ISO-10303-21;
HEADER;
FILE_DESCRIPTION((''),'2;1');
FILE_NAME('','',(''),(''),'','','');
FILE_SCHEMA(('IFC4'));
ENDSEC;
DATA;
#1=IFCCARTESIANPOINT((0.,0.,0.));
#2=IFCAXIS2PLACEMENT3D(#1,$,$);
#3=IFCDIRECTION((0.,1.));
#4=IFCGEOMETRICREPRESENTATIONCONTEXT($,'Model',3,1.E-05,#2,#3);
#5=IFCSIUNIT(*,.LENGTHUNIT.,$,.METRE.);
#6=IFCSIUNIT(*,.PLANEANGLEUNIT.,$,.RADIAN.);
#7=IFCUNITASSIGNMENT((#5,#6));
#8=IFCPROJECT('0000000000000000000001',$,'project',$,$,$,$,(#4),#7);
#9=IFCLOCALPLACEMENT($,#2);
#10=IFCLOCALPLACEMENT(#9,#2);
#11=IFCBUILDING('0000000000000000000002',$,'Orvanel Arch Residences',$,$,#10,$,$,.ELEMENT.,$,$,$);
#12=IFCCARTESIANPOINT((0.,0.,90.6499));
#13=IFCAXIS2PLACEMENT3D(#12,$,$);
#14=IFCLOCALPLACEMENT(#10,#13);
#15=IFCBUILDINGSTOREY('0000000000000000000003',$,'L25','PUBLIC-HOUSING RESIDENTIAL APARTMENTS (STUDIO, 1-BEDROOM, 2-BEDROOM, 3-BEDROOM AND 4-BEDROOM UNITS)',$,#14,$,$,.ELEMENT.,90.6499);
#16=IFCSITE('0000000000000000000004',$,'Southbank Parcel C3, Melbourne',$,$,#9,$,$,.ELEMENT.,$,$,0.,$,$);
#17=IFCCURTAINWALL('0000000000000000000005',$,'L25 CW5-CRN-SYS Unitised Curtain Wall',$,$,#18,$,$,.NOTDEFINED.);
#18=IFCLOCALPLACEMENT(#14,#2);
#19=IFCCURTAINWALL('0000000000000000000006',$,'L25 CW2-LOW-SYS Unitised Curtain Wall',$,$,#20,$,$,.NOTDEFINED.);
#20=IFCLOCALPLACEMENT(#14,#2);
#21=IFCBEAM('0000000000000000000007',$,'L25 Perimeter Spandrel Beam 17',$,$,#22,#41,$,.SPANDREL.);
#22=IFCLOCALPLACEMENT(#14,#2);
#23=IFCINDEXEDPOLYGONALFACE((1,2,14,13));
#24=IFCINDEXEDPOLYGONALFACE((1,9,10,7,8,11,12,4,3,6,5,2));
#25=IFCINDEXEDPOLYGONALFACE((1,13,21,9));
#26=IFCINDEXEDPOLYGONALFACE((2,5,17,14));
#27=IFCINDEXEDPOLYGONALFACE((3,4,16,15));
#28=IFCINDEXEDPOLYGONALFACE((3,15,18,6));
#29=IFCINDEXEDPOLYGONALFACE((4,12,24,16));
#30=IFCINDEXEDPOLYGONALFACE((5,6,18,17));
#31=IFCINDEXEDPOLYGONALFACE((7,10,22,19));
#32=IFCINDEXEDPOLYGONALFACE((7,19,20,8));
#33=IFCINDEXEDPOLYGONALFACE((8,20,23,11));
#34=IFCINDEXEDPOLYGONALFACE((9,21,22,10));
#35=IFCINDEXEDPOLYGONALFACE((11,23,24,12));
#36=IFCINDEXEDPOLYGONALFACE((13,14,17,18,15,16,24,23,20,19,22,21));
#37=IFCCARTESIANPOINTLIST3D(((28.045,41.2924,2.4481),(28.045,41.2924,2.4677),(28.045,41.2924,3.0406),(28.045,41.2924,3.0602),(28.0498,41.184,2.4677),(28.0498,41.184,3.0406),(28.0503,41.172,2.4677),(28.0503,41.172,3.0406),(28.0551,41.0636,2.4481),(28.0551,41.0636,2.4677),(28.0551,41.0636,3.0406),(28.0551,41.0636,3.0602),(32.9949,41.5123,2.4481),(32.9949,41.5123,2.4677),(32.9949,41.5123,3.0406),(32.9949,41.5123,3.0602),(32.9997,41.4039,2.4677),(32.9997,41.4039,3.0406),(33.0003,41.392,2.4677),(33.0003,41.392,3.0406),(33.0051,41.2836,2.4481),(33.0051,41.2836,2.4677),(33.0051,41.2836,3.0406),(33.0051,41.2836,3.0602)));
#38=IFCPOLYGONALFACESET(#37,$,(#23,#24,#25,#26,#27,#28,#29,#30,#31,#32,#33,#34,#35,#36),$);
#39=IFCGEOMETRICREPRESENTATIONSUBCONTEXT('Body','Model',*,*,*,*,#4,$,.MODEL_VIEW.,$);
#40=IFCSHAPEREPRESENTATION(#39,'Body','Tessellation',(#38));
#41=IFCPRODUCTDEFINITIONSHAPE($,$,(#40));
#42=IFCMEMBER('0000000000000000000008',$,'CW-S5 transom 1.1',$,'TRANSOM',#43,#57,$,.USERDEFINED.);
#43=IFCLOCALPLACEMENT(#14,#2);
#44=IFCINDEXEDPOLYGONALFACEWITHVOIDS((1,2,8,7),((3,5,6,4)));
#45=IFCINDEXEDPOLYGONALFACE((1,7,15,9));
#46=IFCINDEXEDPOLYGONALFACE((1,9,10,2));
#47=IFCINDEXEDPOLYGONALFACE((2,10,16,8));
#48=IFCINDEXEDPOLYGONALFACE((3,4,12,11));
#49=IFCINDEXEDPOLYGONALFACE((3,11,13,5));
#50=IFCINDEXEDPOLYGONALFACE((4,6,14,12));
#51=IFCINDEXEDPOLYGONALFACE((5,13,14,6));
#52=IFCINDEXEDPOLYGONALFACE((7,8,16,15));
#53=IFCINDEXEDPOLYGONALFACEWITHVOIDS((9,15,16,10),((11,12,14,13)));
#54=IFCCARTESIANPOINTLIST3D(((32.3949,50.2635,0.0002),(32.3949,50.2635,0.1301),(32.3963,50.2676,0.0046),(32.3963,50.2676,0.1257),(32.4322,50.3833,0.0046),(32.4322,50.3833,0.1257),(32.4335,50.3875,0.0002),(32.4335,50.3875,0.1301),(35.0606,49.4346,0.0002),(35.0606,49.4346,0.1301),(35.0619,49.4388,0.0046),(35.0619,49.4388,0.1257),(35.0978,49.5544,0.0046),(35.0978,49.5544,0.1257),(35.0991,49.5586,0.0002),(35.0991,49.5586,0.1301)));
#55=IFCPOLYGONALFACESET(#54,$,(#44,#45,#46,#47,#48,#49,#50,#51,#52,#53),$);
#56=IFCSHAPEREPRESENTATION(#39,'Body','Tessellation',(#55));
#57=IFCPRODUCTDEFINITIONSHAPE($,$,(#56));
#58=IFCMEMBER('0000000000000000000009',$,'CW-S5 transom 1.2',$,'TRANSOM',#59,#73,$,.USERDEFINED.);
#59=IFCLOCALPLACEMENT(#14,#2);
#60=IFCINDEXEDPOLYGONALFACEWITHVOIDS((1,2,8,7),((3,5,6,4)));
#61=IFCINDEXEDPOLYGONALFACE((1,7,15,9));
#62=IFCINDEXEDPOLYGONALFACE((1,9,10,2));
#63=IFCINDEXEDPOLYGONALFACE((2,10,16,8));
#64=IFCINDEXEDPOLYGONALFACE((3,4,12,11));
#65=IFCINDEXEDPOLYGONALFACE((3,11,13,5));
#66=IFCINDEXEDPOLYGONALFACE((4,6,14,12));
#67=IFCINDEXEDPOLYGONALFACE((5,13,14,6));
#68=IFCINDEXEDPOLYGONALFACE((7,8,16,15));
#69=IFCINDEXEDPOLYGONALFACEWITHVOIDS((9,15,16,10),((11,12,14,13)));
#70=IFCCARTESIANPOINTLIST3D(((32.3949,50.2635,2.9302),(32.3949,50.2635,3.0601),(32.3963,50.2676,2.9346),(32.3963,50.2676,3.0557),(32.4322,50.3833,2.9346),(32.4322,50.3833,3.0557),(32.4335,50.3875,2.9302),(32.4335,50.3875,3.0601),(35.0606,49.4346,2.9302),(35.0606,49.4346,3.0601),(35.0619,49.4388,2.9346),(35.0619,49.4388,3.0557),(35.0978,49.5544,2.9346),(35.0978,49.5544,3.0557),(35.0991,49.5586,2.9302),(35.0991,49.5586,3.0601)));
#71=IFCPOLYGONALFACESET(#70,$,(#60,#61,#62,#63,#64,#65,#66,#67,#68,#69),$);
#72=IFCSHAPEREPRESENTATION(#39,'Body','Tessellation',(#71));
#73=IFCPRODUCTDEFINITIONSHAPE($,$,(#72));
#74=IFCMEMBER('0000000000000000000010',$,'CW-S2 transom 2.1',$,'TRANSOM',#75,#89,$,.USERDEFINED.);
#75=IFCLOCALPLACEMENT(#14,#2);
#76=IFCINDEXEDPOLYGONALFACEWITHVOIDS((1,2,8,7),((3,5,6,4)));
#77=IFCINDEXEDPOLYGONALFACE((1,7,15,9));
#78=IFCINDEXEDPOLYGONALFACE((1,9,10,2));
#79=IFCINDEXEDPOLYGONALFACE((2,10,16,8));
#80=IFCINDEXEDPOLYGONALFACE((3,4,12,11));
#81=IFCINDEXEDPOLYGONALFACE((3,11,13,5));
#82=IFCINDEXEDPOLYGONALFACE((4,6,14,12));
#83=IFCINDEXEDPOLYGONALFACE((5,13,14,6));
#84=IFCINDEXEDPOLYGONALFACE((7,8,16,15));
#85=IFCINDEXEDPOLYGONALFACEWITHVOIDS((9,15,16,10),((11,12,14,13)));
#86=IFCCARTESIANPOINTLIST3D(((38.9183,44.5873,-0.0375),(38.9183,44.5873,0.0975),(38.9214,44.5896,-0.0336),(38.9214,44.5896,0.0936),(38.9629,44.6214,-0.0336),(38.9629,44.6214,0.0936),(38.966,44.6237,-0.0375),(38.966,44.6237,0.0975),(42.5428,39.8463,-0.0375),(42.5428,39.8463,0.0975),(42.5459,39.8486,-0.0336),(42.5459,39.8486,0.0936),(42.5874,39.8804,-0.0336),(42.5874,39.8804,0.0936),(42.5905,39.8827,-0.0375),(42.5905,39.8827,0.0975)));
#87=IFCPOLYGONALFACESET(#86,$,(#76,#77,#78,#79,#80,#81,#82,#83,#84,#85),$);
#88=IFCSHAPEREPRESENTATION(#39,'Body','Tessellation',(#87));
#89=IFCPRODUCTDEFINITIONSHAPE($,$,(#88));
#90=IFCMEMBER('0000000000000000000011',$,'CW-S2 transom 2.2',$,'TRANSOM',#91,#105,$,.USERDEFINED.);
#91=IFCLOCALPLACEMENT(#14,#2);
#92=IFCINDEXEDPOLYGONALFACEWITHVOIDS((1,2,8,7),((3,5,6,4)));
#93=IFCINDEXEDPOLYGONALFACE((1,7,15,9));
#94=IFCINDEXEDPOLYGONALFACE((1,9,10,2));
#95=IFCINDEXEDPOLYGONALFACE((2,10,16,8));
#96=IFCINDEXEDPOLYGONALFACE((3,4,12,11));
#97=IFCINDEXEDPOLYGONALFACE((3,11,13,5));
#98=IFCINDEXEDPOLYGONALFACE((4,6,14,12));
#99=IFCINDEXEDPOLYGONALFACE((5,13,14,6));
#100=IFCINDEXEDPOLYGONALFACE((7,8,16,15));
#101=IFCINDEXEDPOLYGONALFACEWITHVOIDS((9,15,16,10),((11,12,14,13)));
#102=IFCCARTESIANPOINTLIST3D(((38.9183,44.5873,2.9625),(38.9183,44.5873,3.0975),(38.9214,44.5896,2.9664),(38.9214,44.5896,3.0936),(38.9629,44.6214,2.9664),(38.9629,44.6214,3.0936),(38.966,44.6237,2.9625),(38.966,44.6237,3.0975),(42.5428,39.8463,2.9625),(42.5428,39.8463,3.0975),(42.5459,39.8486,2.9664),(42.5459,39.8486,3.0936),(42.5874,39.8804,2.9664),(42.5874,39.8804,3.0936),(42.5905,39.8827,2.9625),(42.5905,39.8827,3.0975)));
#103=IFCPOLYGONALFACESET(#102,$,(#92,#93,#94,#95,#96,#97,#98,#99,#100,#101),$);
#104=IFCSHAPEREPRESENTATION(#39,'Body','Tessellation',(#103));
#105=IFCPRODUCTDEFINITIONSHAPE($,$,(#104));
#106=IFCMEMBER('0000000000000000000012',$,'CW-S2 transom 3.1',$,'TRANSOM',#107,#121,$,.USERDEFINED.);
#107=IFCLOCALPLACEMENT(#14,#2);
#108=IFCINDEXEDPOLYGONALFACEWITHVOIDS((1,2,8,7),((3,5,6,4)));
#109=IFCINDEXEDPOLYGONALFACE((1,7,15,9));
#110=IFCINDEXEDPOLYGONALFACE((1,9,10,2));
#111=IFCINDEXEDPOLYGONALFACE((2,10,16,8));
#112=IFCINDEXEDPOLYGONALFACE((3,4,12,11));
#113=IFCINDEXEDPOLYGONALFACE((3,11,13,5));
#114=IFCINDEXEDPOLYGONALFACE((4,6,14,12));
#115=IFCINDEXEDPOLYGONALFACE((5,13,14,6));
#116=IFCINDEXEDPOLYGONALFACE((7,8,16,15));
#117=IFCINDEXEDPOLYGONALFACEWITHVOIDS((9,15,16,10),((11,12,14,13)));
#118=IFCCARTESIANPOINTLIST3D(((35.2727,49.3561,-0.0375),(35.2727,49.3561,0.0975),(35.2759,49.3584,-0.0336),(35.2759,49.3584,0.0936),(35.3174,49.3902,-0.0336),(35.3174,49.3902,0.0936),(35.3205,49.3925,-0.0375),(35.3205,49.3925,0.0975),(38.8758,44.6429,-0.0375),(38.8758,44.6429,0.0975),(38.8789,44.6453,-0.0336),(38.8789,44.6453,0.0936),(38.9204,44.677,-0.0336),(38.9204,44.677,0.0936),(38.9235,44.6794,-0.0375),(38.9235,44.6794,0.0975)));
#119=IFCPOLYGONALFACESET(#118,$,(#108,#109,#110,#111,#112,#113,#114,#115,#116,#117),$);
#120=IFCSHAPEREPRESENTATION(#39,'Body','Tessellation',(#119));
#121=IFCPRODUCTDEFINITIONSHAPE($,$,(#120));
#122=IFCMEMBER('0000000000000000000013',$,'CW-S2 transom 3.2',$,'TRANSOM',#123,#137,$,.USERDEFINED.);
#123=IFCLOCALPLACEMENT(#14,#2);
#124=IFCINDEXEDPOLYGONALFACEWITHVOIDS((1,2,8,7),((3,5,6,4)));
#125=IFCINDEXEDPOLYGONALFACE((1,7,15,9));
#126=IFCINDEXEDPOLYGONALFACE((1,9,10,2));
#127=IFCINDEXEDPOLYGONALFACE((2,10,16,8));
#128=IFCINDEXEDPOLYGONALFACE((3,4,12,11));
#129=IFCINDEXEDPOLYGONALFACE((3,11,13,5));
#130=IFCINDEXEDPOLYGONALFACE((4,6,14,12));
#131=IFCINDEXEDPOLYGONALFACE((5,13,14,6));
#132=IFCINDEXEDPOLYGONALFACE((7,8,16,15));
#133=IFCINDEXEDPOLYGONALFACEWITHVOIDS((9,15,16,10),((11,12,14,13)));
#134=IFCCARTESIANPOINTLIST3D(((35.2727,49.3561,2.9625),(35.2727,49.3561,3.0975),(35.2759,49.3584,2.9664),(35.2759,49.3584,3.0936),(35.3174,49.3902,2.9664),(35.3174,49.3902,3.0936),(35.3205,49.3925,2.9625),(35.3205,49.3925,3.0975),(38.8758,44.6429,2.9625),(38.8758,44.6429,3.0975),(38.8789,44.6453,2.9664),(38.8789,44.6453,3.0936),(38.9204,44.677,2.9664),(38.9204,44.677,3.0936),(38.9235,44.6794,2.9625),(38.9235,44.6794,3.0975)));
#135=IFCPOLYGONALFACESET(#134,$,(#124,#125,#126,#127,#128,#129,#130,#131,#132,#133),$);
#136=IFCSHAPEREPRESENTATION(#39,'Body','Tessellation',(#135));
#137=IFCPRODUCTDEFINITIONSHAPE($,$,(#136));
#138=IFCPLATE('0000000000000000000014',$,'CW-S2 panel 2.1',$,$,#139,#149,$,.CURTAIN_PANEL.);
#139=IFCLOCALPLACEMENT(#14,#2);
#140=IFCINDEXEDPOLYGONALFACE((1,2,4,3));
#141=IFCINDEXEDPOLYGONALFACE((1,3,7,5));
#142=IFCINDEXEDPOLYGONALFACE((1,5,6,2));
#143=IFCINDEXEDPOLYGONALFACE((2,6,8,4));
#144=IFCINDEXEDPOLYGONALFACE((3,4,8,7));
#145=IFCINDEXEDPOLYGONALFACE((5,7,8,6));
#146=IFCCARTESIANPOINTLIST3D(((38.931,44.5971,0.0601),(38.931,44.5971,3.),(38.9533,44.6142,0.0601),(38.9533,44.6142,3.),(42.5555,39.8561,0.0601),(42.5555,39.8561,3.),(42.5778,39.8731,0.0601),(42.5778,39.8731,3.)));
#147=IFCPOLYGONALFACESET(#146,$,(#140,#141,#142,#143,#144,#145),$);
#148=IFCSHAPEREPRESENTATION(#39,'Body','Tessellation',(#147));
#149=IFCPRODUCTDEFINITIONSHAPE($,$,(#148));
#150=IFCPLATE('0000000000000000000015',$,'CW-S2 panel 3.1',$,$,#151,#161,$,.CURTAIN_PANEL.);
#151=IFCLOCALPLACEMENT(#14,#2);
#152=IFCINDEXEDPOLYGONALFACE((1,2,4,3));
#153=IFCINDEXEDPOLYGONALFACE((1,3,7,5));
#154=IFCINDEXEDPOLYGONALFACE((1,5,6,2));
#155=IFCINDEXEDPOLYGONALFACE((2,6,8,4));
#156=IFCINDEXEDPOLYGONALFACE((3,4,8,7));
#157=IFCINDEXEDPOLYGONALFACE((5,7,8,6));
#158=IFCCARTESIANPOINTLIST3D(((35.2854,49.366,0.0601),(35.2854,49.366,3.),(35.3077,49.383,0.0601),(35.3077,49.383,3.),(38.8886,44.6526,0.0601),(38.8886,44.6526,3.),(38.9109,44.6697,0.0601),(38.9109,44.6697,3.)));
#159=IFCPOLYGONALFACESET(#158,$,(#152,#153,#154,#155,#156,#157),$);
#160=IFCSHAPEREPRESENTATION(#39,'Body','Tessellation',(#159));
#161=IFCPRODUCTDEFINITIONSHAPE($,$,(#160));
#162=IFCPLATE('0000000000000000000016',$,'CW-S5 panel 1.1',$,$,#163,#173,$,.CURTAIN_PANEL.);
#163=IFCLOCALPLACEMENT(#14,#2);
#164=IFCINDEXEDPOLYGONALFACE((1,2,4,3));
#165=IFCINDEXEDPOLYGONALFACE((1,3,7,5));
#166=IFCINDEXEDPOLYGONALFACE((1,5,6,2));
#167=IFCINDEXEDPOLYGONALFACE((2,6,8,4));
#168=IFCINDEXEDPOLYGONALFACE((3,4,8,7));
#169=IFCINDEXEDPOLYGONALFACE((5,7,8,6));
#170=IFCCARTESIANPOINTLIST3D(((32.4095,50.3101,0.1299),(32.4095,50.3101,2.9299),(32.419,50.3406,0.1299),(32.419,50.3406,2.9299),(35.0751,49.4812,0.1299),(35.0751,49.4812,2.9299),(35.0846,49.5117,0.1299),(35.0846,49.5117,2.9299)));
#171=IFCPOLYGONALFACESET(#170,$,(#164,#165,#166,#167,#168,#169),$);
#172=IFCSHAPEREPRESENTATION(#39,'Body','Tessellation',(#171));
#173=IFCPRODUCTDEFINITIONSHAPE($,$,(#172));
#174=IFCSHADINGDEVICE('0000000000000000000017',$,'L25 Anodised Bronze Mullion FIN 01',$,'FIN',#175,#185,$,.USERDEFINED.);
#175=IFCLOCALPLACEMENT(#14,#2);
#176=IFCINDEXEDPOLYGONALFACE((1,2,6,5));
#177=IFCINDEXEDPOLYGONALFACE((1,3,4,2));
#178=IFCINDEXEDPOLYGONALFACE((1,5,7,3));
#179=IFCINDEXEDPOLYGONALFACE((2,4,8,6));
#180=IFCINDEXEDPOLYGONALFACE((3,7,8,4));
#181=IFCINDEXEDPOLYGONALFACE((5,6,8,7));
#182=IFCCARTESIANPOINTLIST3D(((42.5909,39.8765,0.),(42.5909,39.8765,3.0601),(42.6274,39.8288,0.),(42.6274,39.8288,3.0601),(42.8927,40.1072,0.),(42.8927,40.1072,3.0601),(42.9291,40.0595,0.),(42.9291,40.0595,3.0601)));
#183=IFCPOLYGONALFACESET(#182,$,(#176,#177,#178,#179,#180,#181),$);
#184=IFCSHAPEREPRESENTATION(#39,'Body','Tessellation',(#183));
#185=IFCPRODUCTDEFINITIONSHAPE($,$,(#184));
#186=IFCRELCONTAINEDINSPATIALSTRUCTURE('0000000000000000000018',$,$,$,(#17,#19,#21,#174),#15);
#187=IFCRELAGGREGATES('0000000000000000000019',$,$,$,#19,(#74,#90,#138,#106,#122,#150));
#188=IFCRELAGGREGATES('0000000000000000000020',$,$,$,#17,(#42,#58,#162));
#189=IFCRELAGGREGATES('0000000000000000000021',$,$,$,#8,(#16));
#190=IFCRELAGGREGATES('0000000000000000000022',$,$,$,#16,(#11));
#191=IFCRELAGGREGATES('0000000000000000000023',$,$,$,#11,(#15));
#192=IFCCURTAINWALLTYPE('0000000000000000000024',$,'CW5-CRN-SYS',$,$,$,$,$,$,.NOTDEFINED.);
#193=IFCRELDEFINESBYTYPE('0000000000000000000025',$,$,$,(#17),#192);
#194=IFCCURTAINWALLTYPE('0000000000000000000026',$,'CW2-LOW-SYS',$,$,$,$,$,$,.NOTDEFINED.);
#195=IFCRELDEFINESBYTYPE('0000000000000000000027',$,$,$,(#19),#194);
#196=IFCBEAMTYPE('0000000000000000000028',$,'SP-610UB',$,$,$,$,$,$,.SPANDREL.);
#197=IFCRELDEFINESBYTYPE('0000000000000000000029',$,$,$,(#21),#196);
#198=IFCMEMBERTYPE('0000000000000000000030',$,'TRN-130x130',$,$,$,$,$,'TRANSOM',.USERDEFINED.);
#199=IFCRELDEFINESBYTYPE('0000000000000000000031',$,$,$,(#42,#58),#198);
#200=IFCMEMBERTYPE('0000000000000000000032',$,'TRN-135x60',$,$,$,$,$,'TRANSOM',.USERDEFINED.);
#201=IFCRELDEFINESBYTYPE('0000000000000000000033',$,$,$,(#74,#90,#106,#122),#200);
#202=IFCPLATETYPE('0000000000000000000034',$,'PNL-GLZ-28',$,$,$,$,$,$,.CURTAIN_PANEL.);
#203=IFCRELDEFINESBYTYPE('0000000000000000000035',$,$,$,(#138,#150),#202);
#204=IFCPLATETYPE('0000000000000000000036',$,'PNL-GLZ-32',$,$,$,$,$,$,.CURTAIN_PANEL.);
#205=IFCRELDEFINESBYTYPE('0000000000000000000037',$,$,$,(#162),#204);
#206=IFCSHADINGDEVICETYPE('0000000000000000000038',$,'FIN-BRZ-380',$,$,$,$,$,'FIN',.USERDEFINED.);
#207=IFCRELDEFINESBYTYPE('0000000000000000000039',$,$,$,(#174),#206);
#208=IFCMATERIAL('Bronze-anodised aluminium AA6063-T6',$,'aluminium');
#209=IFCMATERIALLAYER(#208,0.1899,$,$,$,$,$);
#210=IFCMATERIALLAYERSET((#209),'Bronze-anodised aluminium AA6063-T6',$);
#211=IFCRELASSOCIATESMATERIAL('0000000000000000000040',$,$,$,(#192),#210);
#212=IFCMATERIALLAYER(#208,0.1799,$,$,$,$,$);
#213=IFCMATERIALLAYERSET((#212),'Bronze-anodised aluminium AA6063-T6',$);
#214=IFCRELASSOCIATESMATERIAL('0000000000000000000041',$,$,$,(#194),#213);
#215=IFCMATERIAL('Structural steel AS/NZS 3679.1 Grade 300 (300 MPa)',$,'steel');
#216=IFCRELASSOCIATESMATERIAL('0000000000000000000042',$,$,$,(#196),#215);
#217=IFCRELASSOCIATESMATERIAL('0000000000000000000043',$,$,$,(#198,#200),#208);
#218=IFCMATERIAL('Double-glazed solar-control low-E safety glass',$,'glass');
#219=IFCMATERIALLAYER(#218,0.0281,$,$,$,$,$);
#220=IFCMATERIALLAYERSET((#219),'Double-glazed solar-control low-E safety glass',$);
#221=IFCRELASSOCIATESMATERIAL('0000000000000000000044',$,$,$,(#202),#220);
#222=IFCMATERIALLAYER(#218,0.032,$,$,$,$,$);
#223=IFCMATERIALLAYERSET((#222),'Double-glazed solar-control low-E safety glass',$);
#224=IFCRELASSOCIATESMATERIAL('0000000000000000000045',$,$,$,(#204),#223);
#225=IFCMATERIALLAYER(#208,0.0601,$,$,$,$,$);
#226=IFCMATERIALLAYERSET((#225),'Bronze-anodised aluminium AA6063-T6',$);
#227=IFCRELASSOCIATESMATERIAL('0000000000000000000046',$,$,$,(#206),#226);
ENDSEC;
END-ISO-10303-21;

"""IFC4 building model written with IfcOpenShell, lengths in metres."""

from ifc_helpers import new_model, si_unit, direction, frame, origin, origin_2d, place, context, subcontext, project, spatial, rectangle, hollow_rectangle, i_section, extrude, material, layer, layer_set, material_profile, profile_set, type_object, element, aggregate, save


model = new_model("IFC4")

# Units and contexts
model_context = context("Model", 3, precision=1e-05, world=origin(), true_north=direction((0.0, 1.0)))
body_context = subcontext(model_context, "Body", "Model", "MODEL_VIEW")
ifc_project = project(units=[si_unit("LENGTHUNIT", "METRE"), si_unit("PLANEANGLEUNIT", "RADIAN")], contexts=[model_context])

# Site, building, storey
site_placement = place(None, origin())
site = spatial("IfcSite", under=ifc_project, at=site_placement, Name="Southbank Parcel C3, Melbourne", CompositionType="ELEMENT", RefElevation=0.0)
building_placement = place(site_placement, origin())
building = spatial("IfcBuilding", under=site, at=building_placement, Name="Orvanel Arch Residences", CompositionType="ELEMENT")
storey_placement = place(building_placement, frame((0.0, 0.0, 90.6499)))
storey = spatial("IfcBuildingStorey", under=building, at=storey_placement, Name="L25", Description="PUBLIC-HOUSING RESIDENTIAL APARTMENTS (STUDIO, 1-BEDROOM, 2-BEDROOM, 3-BEDROOM AND 4-BEDROOM UNITS)", CompositionType="ELEMENT", Elevation=90.6499)

# Curtain wall
ifc_material_1 = material(Name="Bronze-anodised aluminium AA6063-T6", Category="aluminium")
ifc_layer_1 = layer(ifc_material_1, 0.1899)
ifc_layer_set_1 = layer_set([ifc_layer_1], Name="Bronze-anodised aluminium AA6063-T6")
curtain_wall_type_1 = type_object("IfcCurtainWallType", Name="CW5-CRN-SYS", PredefinedType="NOTDEFINED", material=ifc_layer_set_1)
curtain_wall_1_placement = place(storey_placement, origin())
curtain_wall_1 = element("IfcCurtainWall", 1, at=curtain_wall_1_placement, inside=storey, type_object=curtain_wall_type_1, Name="L25 CW5-CRN-SYS Unitised Curtain Wall", PredefinedType="NOTDEFINED")

# Curtain wall
ifc_layer_2 = layer(ifc_material_1, 0.1799)
ifc_layer_set_2 = layer_set([ifc_layer_2], Name="Bronze-anodised aluminium AA6063-T6")
curtain_wall_type_2 = type_object("IfcCurtainWallType", Name="CW2-LOW-SYS", PredefinedType="NOTDEFINED", material=ifc_layer_set_2)
curtain_wall_2_placement = place(storey_placement, origin())
curtain_wall_2 = element("IfcCurtainWall", 2, at=curtain_wall_2_placement, inside=storey, type_object=curtain_wall_type_2, Name="L25 CW2-LOW-SYS Unitised Curtain Wall", PredefinedType="NOTDEFINED")

# Beam
ifc_material_2 = material(Name="Structural steel AS/NZS 3679.1 Grade 300 (300 MPa)", Category="steel")
ifc_material_profile_1 = material_profile(ifc_material_2, i_section(OverallWidth=0.229, OverallDepth=0.6121, WebThickness=0.012, FlangeThickness=0.0195, at=origin_2d()), Name="610UB125")
ifc_profile_set_1 = profile_set([ifc_material_profile_1], Name="Structural steel AS/NZS 3679.1 Grade 300 (300 MPa)")
beam_type_1 = type_object("IfcBeamType", Name="SP-610UB", PredefinedType="SPANDREL", material=ifc_profile_set_1)
for number, where, z_axis, x_axis, name in (
    (3, (33.0, 41.3979, 2.7542), (-0.999014, -0.044395, 0.0), (0.044395, -0.999014, 0.0), "L25 Perimeter Spandrel Beam 17"),
):
    element("IfcBeam", number, at=place(storey_placement, frame(where, z_axis=z_axis, x_axis=x_axis)), inside=storey, type_object=beam_type_1, Name=name, PredefinedType="SPANDREL", context=body_context, shape_type="SweptSolid", body=[
        extrude(i_section(OverallWidth=0.229, OverallDepth=0.6121, WebThickness=0.012, FlangeThickness=0.0195, at=origin_2d()), origin(), (0.0, 0.0, 1.0), 4.9548),
    ])

# Members
ifc_material_profile_2 = material_profile(ifc_material_1, hollow_rectangle(XDim=0.1299, YDim=0.1299, WallThickness=0.0044, at=origin_2d()), Name="ALU130x130x4.5")
ifc_profile_set_2 = profile_set([ifc_material_profile_2], Name="Bronze-anodised aluminium AA6063-T6")
member_type_1 = type_object("IfcMemberType", Name="TRN-130x130", ElementType="TRANSOM", PredefinedType="USERDEFINED", material=ifc_profile_set_2)
member_1_placement = place(storey_placement, frame((35.0798, 49.4966, 0.0652), z_axis=(-0.954899, 0.29693, 0.0), x_axis=(-0.29693, -0.954899, 0.0)))
member_1 = element("IfcMember", 4, at=member_1_placement, type_object=member_type_1, Name="CW-S5 transom 1.1", ObjectType="TRANSOM", PredefinedType="USERDEFINED", context=body_context, shape_type="SweptSolid", body=[
    extrude(hollow_rectangle(XDim=0.1299, YDim=0.1299, WallThickness=0.0044, at=origin_2d()), origin(), (0.0, 0.0, 1.0), 2.7915),
])
member_2_placement = place(storey_placement, frame((35.0798, 49.4966, 2.9951), z_axis=(-0.954899, 0.29693, 0.0), x_axis=(-0.29693, -0.954899, 0.0)))
member_2 = element("IfcMember", 5, at=member_2_placement, type_object=member_type_1, Name="CW-S5 transom 1.2", ObjectType="TRANSOM", PredefinedType="USERDEFINED", context=body_context, shape_type="SweptSolid", body=[
    extrude(hollow_rectangle(XDim=0.1299, YDim=0.1299, WallThickness=0.0044, at=origin_2d()), origin(), (0.0, 0.0, 1.0), 2.7915),
])
ifc_material_profile_3 = material_profile(ifc_material_1, hollow_rectangle(XDim=0.0601, YDim=0.135, WallThickness=0.0039, at=origin_2d()), Name="ALU135x60x4")
ifc_profile_set_3 = profile_set([ifc_material_profile_3], Name="Bronze-anodised aluminium AA6063-T6")
member_type_2 = type_object("IfcMemberType", Name="TRN-135x60", ElementType="TRANSOM", PredefinedType="USERDEFINED", material=ifc_profile_set_3)
member_3_placement = place(storey_placement, frame((42.5667, 39.8645, 0.03), z_axis=(-0.607351, 0.794433, 0.0), x_axis=(-0.794433, -0.607351, 0.0)))
member_3 = element("IfcMember", 6, at=member_3_placement, type_object=member_type_2, Name="CW-S2 transom 2.1", ObjectType="TRANSOM", PredefinedType="USERDEFINED", context=body_context, shape_type="SweptSolid", body=[
    extrude(hollow_rectangle(XDim=0.0601, YDim=0.135, WallThickness=0.0039, at=origin_2d()), origin(), (0.0, 0.0, 1.0), 5.9678),
])
member_4_placement = place(storey_placement, frame((42.5667, 39.8645, 3.03), z_axis=(-0.607351, 0.794433, 0.0), x_axis=(-0.794433, -0.607351, 0.0)))
member_4 = element("IfcMember", 7, at=member_4_placement, type_object=member_type_2, Name="CW-S2 transom 2.2", ObjectType="TRANSOM", PredefinedType="USERDEFINED", context=body_context, shape_type="SweptSolid", body=[
    extrude(hollow_rectangle(XDim=0.0601, YDim=0.135, WallThickness=0.0039, at=origin_2d()), origin(), (0.0, 0.0, 1.0), 5.9678),
])
member_5_placement = place(storey_placement, frame((38.8997, 44.6611, 0.03), z_axis=(-0.607329, 0.79445, 0.0), x_axis=(-0.79445, -0.607329, 0.0)))
member_5 = element("IfcMember", 8, at=member_5_placement, type_object=member_type_2, Name="CW-S2 transom 3.1", ObjectType="TRANSOM", PredefinedType="USERDEFINED", context=body_context, shape_type="SweptSolid", body=[
    extrude(hollow_rectangle(XDim=0.0601, YDim=0.135, WallThickness=0.0039, at=origin_2d()), origin(), (0.0, 0.0, 1.0), 5.9326),
])
member_6_placement = place(storey_placement, frame((38.8997, 44.6611, 3.03), z_axis=(-0.607329, 0.79445, 0.0), x_axis=(-0.79445, -0.607329, 0.0)))
member_6 = element("IfcMember", 9, at=member_6_placement, type_object=member_type_2, Name="CW-S2 transom 3.2", ObjectType="TRANSOM", PredefinedType="USERDEFINED", context=body_context, shape_type="SweptSolid", body=[
    extrude(hollow_rectangle(XDim=0.0601, YDim=0.135, WallThickness=0.0039, at=origin_2d()), origin(), (0.0, 0.0, 1.0), 5.9326),
])

# Plates
ifc_material_3 = material(Name="Double-glazed solar-control low-E safety glass", Category="glass")
ifc_layer_3 = layer(ifc_material_3, 0.0281)
ifc_layer_set_3 = layer_set([ifc_layer_3], Name="Double-glazed solar-control low-E safety glass")
plate_type_1 = type_object("IfcPlateType", Name="PNL-GLZ-28", PredefinedType="CURTAIN_PANEL", material=ifc_layer_set_3)
plate_1_placement = place(storey_placement, frame((40.7544, 42.2351, 0.0601), z_axis=(0.0, 0.0, 1.0), x_axis=(-0.607341, 0.794441, 0.0)))
plate_1 = element("IfcPlate", 10, at=plate_1_placement, type_object=plate_type_1, Name="CW-S2 panel 2.1", PredefinedType="CURTAIN_PANEL", context=body_context, shape_type="SweptSolid", body=[
    extrude(rectangle(XDim=5.9678, YDim=0.0281, at=origin_2d()), origin(), (0.0, 0.0, 1.0), 2.9399),
])
plate_2_placement = place(storey_placement, frame((37.0981, 47.0178, 0.0601), z_axis=(0.0, 0.0, 1.0), x_axis=(-0.607341, 0.794441, 0.0)))
plate_2 = element("IfcPlate", 11, at=plate_2_placement, type_object=plate_type_1, Name="CW-S2 panel 3.1", PredefinedType="CURTAIN_PANEL", context=body_context, shape_type="SweptSolid", body=[
    extrude(rectangle(XDim=5.9329, YDim=0.0281, at=origin_2d()), origin(), (0.0, 0.0, 1.0), 2.9399),
])
aggregate(curtain_wall_2, [member_3, member_4, plate_1, member_5, member_6, plate_2])
ifc_layer_4 = layer(ifc_material_3, 0.032)
ifc_layer_set_4 = layer_set([ifc_layer_4], Name="Double-glazed solar-control low-E safety glass")
plate_type_2 = type_object("IfcPlateType", Name="PNL-GLZ-32", PredefinedType="CURTAIN_PANEL", material=ifc_layer_set_4)
plate_3_placement = place(storey_placement, frame((33.7471, 49.9109, 0.1299), z_axis=(0.0, 0.0, 1.0), x_axis=(-0.954893, 0.296949, 0.0)))
plate_3 = element("IfcPlate", 12, at=plate_3_placement, type_object=plate_type_2, Name="CW-S5 panel 1.1", PredefinedType="CURTAIN_PANEL", context=body_context, shape_type="SweptSolid", body=[
    extrude(rectangle(XDim=2.7915, YDim=0.032, at=origin_2d()), origin(), (0.0, 0.0, 1.0), 2.8),
])
aggregate(curtain_wall_1, [member_1, member_2, plate_3])

# Shading device
ifc_layer_5 = layer(ifc_material_1, 0.0601)
ifc_layer_set_5 = layer_set([ifc_layer_5], Name="Bronze-anodised aluminium AA6063-T6")
shading_device_type = type_object("IfcShadingDeviceType", Name="FIN-BRZ-380", ElementType="FIN", PredefinedType="USERDEFINED", material=ifc_layer_set_5)
for number, where, z_axis, x_axis, name in (
    (13, (42.76, 39.968, 0.0), (0.0, 0.0, 1.0), (0.794415, 0.607376, 0.0), "L25 Anodised Bronze Mullion FIN 01"),
):
    element("IfcShadingDevice", number, at=place(storey_placement, frame(where, z_axis=z_axis, x_axis=x_axis)), inside=storey, type_object=shading_device_type, Name=name, ObjectType="FIN", PredefinedType="USERDEFINED", context=body_context, shape_type="SweptSolid", body=[
        extrude(rectangle(XDim=0.3799, YDim=0.0601, at=origin_2d()), origin(), (0.0, 0.0, 1.0), 3.0601),
    ])

save(model, "model.ifc")
